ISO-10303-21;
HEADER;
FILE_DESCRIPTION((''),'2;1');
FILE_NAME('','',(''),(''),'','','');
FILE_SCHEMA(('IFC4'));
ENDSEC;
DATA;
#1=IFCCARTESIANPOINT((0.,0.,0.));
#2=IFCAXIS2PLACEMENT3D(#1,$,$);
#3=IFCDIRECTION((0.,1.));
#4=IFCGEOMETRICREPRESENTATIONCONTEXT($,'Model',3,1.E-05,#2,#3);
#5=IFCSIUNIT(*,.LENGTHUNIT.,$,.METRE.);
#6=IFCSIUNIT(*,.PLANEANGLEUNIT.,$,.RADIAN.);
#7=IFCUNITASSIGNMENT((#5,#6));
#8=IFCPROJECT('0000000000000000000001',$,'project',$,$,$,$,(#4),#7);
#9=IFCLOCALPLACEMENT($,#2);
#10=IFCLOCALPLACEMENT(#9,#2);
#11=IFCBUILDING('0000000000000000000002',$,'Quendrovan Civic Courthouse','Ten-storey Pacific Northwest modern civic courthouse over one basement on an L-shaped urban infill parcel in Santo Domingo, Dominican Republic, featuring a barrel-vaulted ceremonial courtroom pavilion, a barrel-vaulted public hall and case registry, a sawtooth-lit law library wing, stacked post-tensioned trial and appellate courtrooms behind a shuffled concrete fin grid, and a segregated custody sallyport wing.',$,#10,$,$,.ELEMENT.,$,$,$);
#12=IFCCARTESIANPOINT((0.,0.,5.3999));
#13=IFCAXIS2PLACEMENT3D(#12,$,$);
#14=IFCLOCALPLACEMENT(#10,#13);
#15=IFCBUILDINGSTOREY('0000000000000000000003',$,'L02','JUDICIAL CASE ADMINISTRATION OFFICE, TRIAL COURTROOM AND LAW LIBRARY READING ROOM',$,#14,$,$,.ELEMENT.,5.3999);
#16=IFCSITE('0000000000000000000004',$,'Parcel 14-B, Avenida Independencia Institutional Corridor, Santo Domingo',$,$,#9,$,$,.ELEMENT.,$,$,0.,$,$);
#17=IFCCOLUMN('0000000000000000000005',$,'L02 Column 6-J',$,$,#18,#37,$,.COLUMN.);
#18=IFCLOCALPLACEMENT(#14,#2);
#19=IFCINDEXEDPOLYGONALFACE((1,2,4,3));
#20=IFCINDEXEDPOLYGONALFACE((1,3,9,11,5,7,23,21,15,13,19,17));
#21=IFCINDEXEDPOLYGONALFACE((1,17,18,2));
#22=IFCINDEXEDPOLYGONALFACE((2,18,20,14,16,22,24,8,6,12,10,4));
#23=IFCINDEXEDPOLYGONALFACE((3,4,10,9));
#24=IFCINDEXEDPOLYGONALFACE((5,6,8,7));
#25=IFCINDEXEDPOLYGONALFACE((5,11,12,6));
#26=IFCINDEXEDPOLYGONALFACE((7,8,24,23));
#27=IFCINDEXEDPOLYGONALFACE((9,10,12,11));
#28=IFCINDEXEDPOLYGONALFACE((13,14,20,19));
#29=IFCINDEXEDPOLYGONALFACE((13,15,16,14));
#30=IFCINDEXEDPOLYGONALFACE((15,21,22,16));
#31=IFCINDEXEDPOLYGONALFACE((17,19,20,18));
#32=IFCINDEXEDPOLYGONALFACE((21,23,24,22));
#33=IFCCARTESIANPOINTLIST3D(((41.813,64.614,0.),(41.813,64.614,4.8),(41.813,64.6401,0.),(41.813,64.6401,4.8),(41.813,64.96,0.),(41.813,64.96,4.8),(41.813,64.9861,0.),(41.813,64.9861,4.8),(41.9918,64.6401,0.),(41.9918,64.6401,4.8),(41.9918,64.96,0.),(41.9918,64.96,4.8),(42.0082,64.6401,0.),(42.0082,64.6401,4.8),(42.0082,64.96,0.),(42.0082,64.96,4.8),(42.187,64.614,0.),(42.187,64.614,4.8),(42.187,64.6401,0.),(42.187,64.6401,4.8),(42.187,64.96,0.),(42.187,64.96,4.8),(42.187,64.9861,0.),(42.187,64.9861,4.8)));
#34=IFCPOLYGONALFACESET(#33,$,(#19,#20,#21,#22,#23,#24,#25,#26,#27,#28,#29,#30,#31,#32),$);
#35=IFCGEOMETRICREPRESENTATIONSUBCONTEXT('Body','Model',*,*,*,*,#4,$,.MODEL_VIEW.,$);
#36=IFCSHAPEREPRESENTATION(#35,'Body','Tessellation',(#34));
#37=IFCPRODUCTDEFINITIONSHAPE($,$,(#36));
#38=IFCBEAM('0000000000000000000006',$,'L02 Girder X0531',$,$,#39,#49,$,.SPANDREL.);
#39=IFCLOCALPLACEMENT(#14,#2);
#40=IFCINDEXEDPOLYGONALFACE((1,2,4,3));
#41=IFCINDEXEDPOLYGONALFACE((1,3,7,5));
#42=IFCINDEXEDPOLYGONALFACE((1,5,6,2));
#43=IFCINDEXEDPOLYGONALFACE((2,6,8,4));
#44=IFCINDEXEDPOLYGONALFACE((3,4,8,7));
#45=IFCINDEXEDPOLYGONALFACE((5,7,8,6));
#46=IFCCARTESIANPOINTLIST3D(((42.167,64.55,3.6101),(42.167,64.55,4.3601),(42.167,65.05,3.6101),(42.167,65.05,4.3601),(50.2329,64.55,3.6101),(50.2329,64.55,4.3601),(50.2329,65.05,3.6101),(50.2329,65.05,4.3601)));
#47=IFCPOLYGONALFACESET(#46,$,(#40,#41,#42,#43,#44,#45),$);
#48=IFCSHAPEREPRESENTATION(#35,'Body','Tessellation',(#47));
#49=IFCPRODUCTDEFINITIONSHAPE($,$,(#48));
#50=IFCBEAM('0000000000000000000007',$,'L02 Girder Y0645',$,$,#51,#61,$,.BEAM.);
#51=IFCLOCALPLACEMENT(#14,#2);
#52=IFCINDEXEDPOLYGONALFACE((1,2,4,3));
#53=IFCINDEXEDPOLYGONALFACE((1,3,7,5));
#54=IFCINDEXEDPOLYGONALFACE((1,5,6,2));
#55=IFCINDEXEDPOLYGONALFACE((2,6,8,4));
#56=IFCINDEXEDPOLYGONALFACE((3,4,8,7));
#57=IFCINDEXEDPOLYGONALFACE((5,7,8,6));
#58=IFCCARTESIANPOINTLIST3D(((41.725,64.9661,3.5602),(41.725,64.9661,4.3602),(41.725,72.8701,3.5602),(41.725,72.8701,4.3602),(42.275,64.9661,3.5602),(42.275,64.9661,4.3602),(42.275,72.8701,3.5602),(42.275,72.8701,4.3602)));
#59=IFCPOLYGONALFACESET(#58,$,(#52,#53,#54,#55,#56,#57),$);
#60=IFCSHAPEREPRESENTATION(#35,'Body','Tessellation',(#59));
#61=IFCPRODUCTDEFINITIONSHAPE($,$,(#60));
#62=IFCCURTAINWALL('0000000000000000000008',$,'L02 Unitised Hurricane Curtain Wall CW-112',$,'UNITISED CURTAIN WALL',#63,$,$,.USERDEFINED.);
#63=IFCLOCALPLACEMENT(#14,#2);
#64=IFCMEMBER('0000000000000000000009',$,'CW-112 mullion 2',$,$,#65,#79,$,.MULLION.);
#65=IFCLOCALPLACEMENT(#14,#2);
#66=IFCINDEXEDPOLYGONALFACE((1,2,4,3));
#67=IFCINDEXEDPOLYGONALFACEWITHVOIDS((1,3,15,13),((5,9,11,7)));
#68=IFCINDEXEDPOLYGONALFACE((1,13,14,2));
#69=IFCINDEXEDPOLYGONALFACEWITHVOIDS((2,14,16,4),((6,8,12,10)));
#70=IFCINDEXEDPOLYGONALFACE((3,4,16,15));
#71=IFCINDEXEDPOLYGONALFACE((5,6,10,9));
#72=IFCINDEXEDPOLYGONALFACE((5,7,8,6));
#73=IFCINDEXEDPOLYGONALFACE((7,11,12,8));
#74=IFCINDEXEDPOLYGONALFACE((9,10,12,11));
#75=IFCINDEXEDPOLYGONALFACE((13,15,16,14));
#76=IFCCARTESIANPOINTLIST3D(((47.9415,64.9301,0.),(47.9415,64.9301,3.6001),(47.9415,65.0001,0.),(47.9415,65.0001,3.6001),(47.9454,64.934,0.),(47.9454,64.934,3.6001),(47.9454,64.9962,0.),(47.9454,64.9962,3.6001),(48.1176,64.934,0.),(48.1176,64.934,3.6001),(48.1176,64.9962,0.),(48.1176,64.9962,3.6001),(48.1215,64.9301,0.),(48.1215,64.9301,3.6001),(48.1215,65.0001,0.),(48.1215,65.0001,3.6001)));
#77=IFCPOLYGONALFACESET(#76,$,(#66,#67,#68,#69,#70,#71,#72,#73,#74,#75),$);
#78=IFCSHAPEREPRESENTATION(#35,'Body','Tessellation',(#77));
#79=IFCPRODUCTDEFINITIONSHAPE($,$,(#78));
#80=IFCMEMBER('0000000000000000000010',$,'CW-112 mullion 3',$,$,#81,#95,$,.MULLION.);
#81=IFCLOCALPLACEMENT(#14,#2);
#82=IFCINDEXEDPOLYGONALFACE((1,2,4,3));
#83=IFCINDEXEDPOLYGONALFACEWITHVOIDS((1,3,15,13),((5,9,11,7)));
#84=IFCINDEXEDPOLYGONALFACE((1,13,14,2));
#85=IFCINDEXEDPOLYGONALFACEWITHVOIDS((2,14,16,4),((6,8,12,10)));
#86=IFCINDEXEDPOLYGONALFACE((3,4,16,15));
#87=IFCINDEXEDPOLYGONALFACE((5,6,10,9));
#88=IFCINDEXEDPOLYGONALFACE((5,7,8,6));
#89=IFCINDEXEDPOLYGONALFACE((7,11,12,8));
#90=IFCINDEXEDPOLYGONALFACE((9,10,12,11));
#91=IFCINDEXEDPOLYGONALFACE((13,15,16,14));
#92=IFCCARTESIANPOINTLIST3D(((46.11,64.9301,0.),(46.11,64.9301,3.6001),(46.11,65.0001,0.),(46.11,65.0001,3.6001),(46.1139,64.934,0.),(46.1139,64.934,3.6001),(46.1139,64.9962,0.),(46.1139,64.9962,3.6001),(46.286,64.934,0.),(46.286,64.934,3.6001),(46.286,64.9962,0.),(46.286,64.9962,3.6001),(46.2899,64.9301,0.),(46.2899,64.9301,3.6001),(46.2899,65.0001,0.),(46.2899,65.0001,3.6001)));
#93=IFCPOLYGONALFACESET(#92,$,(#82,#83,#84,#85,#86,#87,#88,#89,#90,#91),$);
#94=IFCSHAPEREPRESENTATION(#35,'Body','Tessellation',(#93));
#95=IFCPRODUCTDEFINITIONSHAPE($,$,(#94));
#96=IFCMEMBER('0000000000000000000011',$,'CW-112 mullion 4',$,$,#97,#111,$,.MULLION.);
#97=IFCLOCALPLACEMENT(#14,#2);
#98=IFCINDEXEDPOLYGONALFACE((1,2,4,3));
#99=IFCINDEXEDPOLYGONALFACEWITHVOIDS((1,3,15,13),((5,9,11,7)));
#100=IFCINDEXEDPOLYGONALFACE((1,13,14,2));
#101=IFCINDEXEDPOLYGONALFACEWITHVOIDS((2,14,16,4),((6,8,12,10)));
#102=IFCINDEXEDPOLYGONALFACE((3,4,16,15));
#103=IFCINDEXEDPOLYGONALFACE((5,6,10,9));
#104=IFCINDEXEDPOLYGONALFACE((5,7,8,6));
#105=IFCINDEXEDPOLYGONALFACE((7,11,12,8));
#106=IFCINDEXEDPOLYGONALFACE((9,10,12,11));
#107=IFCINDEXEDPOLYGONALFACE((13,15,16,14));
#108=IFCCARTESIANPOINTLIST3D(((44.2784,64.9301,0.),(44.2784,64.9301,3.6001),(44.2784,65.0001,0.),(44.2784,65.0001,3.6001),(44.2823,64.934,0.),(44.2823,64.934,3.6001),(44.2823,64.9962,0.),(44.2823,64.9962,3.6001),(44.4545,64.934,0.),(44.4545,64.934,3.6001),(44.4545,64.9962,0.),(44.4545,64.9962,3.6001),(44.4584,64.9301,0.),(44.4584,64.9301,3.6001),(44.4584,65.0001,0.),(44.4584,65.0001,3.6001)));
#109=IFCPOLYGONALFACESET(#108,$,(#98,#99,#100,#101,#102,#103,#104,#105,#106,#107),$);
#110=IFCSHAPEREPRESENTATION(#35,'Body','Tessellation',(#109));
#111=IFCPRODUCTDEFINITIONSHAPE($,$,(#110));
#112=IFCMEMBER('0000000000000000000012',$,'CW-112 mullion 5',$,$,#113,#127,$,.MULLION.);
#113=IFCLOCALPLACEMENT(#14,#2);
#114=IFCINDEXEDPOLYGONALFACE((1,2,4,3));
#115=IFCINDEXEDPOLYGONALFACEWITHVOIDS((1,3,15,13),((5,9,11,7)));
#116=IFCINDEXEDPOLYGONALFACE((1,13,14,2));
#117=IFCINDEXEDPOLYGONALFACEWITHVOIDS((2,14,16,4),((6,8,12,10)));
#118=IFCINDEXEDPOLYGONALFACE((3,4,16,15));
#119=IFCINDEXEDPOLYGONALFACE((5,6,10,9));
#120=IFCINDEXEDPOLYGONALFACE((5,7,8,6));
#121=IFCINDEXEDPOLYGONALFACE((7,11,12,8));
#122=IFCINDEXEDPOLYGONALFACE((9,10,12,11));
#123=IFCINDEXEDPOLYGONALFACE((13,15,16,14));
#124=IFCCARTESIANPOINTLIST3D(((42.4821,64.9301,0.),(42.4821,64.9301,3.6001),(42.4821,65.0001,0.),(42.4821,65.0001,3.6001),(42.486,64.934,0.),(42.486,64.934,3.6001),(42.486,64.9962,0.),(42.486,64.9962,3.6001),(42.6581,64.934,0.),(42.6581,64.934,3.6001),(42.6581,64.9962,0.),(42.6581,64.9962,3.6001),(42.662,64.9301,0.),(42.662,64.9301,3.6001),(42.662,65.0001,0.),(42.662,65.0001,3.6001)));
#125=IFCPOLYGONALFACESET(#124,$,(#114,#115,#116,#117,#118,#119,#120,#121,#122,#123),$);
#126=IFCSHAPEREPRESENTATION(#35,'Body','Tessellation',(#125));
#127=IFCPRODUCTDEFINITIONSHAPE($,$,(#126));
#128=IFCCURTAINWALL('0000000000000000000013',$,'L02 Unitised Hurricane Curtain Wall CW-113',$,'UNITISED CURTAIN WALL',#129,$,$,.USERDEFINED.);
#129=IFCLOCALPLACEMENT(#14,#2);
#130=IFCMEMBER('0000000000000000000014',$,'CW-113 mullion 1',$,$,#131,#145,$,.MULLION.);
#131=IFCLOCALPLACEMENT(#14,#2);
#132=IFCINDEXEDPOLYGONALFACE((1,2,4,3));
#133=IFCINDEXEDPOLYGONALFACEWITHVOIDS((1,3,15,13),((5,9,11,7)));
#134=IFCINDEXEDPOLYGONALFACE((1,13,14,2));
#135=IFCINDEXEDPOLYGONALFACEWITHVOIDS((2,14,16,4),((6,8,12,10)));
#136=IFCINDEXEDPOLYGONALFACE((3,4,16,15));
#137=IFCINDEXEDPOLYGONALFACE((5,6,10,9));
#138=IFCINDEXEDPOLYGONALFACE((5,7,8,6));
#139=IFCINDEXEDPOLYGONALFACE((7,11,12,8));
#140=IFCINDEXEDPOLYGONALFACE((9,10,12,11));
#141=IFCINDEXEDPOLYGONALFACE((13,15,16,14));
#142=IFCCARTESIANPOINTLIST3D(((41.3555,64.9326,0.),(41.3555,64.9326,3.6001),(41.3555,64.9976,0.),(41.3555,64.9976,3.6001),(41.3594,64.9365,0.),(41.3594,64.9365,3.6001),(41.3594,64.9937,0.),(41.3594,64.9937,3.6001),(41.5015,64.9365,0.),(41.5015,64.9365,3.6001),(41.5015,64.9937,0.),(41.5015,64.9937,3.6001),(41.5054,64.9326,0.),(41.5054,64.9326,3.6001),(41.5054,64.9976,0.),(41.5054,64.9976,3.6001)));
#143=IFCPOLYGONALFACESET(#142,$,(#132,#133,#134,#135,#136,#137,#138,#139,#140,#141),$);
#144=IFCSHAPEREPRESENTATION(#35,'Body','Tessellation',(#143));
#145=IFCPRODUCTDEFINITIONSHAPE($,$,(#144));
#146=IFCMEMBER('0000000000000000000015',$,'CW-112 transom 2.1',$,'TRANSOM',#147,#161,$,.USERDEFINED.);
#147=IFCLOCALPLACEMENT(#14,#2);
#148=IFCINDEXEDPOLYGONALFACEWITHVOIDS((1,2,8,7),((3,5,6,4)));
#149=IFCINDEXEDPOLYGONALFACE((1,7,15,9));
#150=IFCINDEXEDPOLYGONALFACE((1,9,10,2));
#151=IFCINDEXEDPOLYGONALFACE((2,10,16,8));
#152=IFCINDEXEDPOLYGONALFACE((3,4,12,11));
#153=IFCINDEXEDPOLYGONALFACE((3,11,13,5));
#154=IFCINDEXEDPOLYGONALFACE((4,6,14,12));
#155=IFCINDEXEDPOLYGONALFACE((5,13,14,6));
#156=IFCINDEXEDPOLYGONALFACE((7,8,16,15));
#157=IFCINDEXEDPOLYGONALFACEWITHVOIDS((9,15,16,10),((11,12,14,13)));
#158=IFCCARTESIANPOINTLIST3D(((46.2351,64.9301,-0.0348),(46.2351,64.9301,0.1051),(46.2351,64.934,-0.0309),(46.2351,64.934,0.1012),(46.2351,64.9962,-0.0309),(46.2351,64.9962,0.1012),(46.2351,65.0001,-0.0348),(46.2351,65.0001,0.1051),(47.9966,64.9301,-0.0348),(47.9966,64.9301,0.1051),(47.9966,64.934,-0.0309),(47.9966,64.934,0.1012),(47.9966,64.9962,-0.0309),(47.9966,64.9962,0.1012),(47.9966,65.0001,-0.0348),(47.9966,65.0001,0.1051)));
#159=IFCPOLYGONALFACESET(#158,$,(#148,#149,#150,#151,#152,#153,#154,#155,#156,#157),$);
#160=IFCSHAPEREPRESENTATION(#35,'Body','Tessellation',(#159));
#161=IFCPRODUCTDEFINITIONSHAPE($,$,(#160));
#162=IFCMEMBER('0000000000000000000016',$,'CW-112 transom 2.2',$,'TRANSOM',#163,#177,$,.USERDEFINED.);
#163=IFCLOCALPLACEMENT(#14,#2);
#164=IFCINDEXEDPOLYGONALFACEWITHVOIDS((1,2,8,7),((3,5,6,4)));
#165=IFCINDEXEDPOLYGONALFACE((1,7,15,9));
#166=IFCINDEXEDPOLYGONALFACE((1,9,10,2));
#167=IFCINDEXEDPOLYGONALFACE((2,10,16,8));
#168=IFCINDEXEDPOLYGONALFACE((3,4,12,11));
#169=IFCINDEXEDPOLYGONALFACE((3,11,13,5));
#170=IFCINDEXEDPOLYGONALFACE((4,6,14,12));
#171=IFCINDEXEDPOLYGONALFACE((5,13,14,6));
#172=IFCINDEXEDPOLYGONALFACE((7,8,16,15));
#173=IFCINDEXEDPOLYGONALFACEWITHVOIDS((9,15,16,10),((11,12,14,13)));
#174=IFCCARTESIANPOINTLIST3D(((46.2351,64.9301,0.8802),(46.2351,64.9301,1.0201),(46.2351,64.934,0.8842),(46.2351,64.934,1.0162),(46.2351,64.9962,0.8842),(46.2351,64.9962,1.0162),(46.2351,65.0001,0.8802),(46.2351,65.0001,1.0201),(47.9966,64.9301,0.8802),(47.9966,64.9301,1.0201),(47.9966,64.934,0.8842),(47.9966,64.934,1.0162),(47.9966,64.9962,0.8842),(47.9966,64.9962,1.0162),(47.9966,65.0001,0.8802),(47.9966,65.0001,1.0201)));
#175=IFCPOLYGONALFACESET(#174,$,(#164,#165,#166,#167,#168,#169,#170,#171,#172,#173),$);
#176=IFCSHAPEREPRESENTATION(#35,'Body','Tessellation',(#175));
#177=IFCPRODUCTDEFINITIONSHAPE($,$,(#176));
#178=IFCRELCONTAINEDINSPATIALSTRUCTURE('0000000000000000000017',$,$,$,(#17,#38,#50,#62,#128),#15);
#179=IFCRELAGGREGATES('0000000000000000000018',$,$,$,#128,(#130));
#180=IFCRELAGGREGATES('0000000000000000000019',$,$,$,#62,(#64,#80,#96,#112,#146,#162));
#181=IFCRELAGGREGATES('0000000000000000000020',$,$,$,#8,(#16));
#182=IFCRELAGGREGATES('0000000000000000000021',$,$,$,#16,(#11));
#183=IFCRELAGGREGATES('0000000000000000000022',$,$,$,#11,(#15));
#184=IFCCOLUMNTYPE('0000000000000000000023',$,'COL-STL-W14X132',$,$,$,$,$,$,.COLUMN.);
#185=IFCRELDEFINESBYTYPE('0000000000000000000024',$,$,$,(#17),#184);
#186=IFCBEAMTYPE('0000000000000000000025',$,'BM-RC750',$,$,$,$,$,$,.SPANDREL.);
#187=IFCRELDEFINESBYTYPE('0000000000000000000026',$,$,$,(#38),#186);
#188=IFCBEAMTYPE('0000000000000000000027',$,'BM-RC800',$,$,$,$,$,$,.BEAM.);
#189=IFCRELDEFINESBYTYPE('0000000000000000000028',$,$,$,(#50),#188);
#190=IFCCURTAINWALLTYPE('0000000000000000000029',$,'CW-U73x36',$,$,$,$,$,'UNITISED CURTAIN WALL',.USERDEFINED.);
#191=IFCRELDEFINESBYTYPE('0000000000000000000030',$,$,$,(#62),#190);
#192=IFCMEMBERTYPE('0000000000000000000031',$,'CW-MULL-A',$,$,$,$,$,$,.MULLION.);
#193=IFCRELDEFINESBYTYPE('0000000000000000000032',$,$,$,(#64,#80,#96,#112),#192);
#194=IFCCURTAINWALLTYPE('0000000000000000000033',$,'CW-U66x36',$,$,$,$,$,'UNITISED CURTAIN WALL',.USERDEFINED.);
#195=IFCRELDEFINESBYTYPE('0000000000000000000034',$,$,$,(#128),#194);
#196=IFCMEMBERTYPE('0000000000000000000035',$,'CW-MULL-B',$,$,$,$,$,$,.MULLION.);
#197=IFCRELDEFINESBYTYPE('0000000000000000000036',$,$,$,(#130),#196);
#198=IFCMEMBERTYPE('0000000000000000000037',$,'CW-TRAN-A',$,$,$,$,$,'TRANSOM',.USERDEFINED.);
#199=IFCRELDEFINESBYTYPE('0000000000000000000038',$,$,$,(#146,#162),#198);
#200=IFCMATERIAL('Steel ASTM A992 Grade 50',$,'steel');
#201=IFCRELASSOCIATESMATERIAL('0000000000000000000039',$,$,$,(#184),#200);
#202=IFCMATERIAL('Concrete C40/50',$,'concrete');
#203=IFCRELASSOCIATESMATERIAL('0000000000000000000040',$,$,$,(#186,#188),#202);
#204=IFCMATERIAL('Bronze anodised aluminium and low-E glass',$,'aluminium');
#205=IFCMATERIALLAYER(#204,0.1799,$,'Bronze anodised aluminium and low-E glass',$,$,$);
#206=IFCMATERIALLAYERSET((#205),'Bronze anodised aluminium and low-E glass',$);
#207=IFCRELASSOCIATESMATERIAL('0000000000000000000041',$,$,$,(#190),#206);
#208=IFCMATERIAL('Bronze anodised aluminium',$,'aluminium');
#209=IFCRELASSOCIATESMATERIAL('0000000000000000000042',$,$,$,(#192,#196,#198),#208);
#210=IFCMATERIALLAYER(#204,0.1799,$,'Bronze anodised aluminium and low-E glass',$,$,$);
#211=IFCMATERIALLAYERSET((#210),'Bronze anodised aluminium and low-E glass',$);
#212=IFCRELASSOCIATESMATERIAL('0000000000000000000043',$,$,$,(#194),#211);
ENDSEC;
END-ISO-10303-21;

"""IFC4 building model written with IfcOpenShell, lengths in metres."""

from ifc_helpers import new_model, si_unit, direction, frame, origin, origin_2d, place, context, subcontext, project, spatial, rectangle, hollow_rectangle, i_section, extrude, material, layer, layer_set, material_profile, profile_set, type_object, element, aggregate, save


model = new_model("IFC4")

# Units and contexts
model_context = context("Model", 3, precision=1e-05, world=origin(), true_north=direction((0.0, 1.0)))
body_context = subcontext(model_context, "Body", "Model", "MODEL_VIEW")
ifc_project = project(units=[si_unit("LENGTHUNIT", "METRE"), si_unit("PLANEANGLEUNIT", "RADIAN")], contexts=[model_context])

# Site, building, storey
site_placement = place(None, origin())
site = spatial("IfcSite", under=ifc_project, at=site_placement, Name="Parcel 14-B, Avenida Independencia Institutional Corridor, Santo Domingo", CompositionType="ELEMENT", RefElevation=0.0)
building_placement = place(site_placement, origin())
building = spatial("IfcBuilding", under=site, at=building_placement, Name="Quendrovan Civic Courthouse", Description="Ten-storey Pacific Northwest modern civic courthouse over one basement on an L-shaped urban infill parcel in Santo Domingo, Dominican Republic, featuring a barrel-vaulted ceremonial courtroom pavilion, a barrel-vaulted public hall and case registry, a sawtooth-lit law library wing, stacked post-tensioned trial and appellate courtrooms behind a shuffled concrete fin grid, and a segregated custody sallyport wing.", CompositionType="ELEMENT")
storey_placement = place(building_placement, frame((0.0, 0.0, 5.3999)))
storey = spatial("IfcBuildingStorey", under=building, at=storey_placement, Name="L02", Description="JUDICIAL CASE ADMINISTRATION OFFICE, TRIAL COURTROOM AND LAW LIBRARY READING ROOM", CompositionType="ELEMENT", Elevation=5.3999)

# Column
ifc_material_1 = material(Name="Steel ASTM A992 Grade 50", Category="steel")
ifc_material_profile_1 = material_profile(ifc_material_1, i_section(OverallWidth=0.374, OverallDepth=0.3721, WebThickness=0.0164, FlangeThickness=0.0261, at=origin_2d()), Name="W14X132")
ifc_profile_set_1 = profile_set([ifc_material_profile_1], Name="Steel ASTM A992 Grade 50")
column_type = type_object("IfcColumnType", Name="COL-STL-W14X132", PredefinedType="COLUMN", material=ifc_profile_set_1)
column_placement = place(storey_placement, frame((42.0, 64.8, 0.0), z_axis=(0.0, 0.0, 1.0), x_axis=(1.0, 0.0, 0.0)))
element("IfcColumn", 1, at=column_placement, inside=storey, type_object=column_type, Name="L02 Column 6-J", PredefinedType="COLUMN", context=body_context, shape_type="SweptSolid", body=[
    extrude(i_section(OverallWidth=0.374, OverallDepth=0.3721, WebThickness=0.0164, FlangeThickness=0.0261, at=origin_2d()), origin(), (0.0, 0.0, 1.0), 4.8),
])

# Beams
ifc_material_2 = material(Name="Concrete C40/50", Category="concrete")
ifc_material_profile_2 = material_profile(ifc_material_2, rectangle(XDim=0.5, YDim=0.75, at=origin_2d()), Name="RC-BM-500x750")
ifc_profile_set_2 = profile_set([ifc_material_profile_2], Name="Concrete C40/50")
beam_type_1 = type_object("IfcBeamType", Name="BM-RC750", PredefinedType="SPANDREL", material=ifc_profile_set_2)
beam_1_placement = place(storey_placement, frame((42.167, 64.8, 3.9851), z_axis=(1.0, 0.0, 0.0), x_axis=(0.0, 1.0, 0.0)))
element("IfcBeam", 2, at=beam_1_placement, inside=storey, type_object=beam_type_1, Name="L02 Girder X0531", PredefinedType="SPANDREL", context=body_context, shape_type="SweptSolid", body=[
    extrude(rectangle(XDim=0.5, YDim=0.75, at=origin_2d()), origin(), (0.0, 0.0, 1.0), 8.0659),
])
ifc_material_profile_3 = material_profile(ifc_material_2, rectangle(XDim=0.55, YDim=0.8, at=origin_2d()), Name="RC-BM-550x800")
ifc_profile_set_3 = profile_set([ifc_material_profile_3], Name="Concrete C40/50")
beam_type_2 = type_object("IfcBeamType", Name="BM-RC800", PredefinedType="BEAM", material=ifc_profile_set_3)
beam_2_placement = place(storey_placement, frame((42.0, 64.9661, 3.9602), z_axis=(0.0, 1.0, 0.0), x_axis=(-1.0, 0.0, 0.0)))
element("IfcBeam", 3, at=beam_2_placement, inside=storey, type_object=beam_type_2, Name="L02 Girder Y0645", PredefinedType="BEAM", context=body_context, shape_type="SweptSolid", body=[
    extrude(rectangle(XDim=0.55, YDim=0.8, at=origin_2d()), origin(), (0.0, 0.0, 1.0), 7.9041),
])

# Curtain wall, members
ifc_material_3 = material(Name="Bronze anodised aluminium and low-E glass", Category="aluminium")
ifc_layer_1 = layer(ifc_material_3, 0.1799, Name="Bronze anodised aluminium and low-E glass")
ifc_layer_set_1 = layer_set([ifc_layer_1], Name="Bronze anodised aluminium and low-E glass")
curtain_wall_type_1 = type_object("IfcCurtainWallType", Name="CW-U73x36", ElementType="UNITISED CURTAIN WALL", PredefinedType="USERDEFINED", material=ifc_layer_set_1)
curtain_wall_1_placement = place(storey_placement, origin())
curtain_wall_1 = element("IfcCurtainWall", 4, at=curtain_wall_1_placement, inside=storey, type_object=curtain_wall_type_1, Name="L02 Unitised Hurricane Curtain Wall CW-112", ObjectType="UNITISED CURTAIN WALL", PredefinedType="USERDEFINED")
ifc_material_4 = material(Name="Bronze anodised aluminium", Category="aluminium")
ifc_material_profile_4 = material_profile(ifc_material_4, hollow_rectangle(XDim=0.0701, YDim=0.1799, WallThickness=0.0039, at=origin_2d()), Name="CW-MULL-70x180")
ifc_profile_set_4 = profile_set([ifc_material_profile_4], Name="Bronze anodised aluminium")
member_type_1 = type_object("IfcMemberType", Name="CW-MULL-A", PredefinedType="MULLION", material=ifc_profile_set_4)
member_1_placement = place(storey_placement, frame((48.0315, 64.9651, 0.0), z_axis=(0.0, 0.0, 1.0), x_axis=(0.0, -1.0, 0.0)))
member_1 = element("IfcMember", 5, at=member_1_placement, type_object=member_type_1, Name="CW-112 mullion 2", PredefinedType="MULLION", context=body_context, shape_type="SweptSolid", body=[
    extrude(hollow_rectangle(XDim=0.0701, YDim=0.1799, WallThickness=0.0039, at=origin_2d()), origin(), (0.0, 0.0, 1.0), 3.6001),
])
member_2_placement = place(storey_placement, frame((46.2, 64.9651, 0.0), z_axis=(0.0, 0.0, 1.0), x_axis=(0.0, -1.0, 0.0)))
member_2 = element("IfcMember", 6, at=member_2_placement, type_object=member_type_1, Name="CW-112 mullion 3", PredefinedType="MULLION", context=body_context, shape_type="SweptSolid", body=[
    extrude(hollow_rectangle(XDim=0.0701, YDim=0.1799, WallThickness=0.0039, at=origin_2d()), origin(), (0.0, 0.0, 1.0), 3.6001),
])
member_3_placement = place(storey_placement, frame((44.3684, 64.9651, 0.0), z_axis=(0.0, 0.0, 1.0), x_axis=(0.0, -1.0, 0.0)))
member_3 = element("IfcMember", 7, at=member_3_placement, type_object=member_type_1, Name="CW-112 mullion 4", PredefinedType="MULLION", context=body_context, shape_type="SweptSolid", body=[
    extrude(hollow_rectangle(XDim=0.0701, YDim=0.1799, WallThickness=0.0039, at=origin_2d()), origin(), (0.0, 0.0, 1.0), 3.6001),
])
member_4_placement = place(storey_placement, frame((42.572, 64.9651, 0.0), z_axis=(0.0, 0.0, 1.0), x_axis=(0.0, -1.0, 0.0)))
member_4 = element("IfcMember", 8, at=member_4_placement, type_object=member_type_1, Name="CW-112 mullion 5", PredefinedType="MULLION", context=body_context, shape_type="SweptSolid", body=[
    extrude(hollow_rectangle(XDim=0.0701, YDim=0.1799, WallThickness=0.0039, at=origin_2d()), origin(), (0.0, 0.0, 1.0), 3.6001),
])

# Curtain wall, member
ifc_layer_2 = layer(ifc_material_3, 0.1799, Name="Bronze anodised aluminium and low-E glass")
ifc_layer_set_2 = layer_set([ifc_layer_2], Name="Bronze anodised aluminium and low-E glass")
curtain_wall_type_2 = type_object("IfcCurtainWallType", Name="CW-U66x36", ElementType="UNITISED CURTAIN WALL", PredefinedType="USERDEFINED", material=ifc_layer_set_2)
curtain_wall_2_placement = place(storey_placement, origin())
curtain_wall_2 = element("IfcCurtainWall", 9, at=curtain_wall_2_placement, inside=storey, type_object=curtain_wall_type_2, Name="L02 Unitised Hurricane Curtain Wall CW-113", ObjectType="UNITISED CURTAIN WALL", PredefinedType="USERDEFINED")
ifc_material_profile_5 = material_profile(ifc_material_4, hollow_rectangle(XDim=0.0649, YDim=0.1499, WallThickness=0.0039, at=origin_2d()), Name="CW-MULL-65x150")
ifc_profile_set_5 = profile_set([ifc_material_profile_5], Name="Bronze anodised aluminium")
member_type_2 = type_object("IfcMemberType", Name="CW-MULL-B", PredefinedType="MULLION", material=ifc_profile_set_5)
member_5_placement = place(storey_placement, frame((41.4304, 64.9651, 0.0), z_axis=(0.0, 0.0, 1.0), x_axis=(0.0, -1.0, 0.0)))
member_5 = element("IfcMember", 10, at=member_5_placement, type_object=member_type_2, Name="CW-113 mullion 1", PredefinedType="MULLION", context=body_context, shape_type="SweptSolid", body=[
    extrude(hollow_rectangle(XDim=0.0649, YDim=0.1499, WallThickness=0.0039, at=origin_2d()), origin(), (0.0, 0.0, 1.0), 3.6001),
])

# Members
ifc_material_profile_6 = material_profile(ifc_material_4, hollow_rectangle(XDim=0.0701, YDim=0.1399, WallThickness=0.0039, at=origin_2d()), Name="CW-TRAN-70x140")
ifc_profile_set_6 = profile_set([ifc_material_profile_6], Name="Bronze anodised aluminium")
member_type_3 = type_object("IfcMemberType", Name="CW-TRAN-A", ElementType="TRANSOM", PredefinedType="USERDEFINED", material=ifc_profile_set_6)
member_6_placement = place(storey_placement, frame((47.9966, 64.9651, 0.0352), z_axis=(-1.0, 0.0, 0.0), x_axis=(0.0, -1.0, 0.0)))
member_6 = element("IfcMember", 11, at=member_6_placement, type_object=member_type_3, Name="CW-112 transom 2.1", ObjectType="TRANSOM", PredefinedType="USERDEFINED", context=body_context, shape_type="SweptSolid", body=[
    extrude(hollow_rectangle(XDim=0.0701, YDim=0.1399, WallThickness=0.0039, at=origin_2d()), origin(), (0.0, 0.0, 1.0), 1.7615),
])
member_7_placement = place(storey_placement, frame((47.9966, 64.9651, 0.9502), z_axis=(-1.0, 0.0, 0.0), x_axis=(0.0, -1.0, 0.0)))
member_7 = element("IfcMember", 12, at=member_7_placement, type_object=member_type_3, Name="CW-112 transom 2.2", ObjectType="TRANSOM", PredefinedType="USERDEFINED", context=body_context, shape_type="SweptSolid", body=[
    extrude(hollow_rectangle(XDim=0.0701, YDim=0.1399, WallThickness=0.0039, at=origin_2d()), origin(), (0.0, 0.0, 1.0), 1.7615),
])
aggregate(curtain_wall_2, [member_5])

aggregate(curtain_wall_1, [member_1, member_2, member_3, member_4, member_6, member_7])

save(model, "model.ifc")
